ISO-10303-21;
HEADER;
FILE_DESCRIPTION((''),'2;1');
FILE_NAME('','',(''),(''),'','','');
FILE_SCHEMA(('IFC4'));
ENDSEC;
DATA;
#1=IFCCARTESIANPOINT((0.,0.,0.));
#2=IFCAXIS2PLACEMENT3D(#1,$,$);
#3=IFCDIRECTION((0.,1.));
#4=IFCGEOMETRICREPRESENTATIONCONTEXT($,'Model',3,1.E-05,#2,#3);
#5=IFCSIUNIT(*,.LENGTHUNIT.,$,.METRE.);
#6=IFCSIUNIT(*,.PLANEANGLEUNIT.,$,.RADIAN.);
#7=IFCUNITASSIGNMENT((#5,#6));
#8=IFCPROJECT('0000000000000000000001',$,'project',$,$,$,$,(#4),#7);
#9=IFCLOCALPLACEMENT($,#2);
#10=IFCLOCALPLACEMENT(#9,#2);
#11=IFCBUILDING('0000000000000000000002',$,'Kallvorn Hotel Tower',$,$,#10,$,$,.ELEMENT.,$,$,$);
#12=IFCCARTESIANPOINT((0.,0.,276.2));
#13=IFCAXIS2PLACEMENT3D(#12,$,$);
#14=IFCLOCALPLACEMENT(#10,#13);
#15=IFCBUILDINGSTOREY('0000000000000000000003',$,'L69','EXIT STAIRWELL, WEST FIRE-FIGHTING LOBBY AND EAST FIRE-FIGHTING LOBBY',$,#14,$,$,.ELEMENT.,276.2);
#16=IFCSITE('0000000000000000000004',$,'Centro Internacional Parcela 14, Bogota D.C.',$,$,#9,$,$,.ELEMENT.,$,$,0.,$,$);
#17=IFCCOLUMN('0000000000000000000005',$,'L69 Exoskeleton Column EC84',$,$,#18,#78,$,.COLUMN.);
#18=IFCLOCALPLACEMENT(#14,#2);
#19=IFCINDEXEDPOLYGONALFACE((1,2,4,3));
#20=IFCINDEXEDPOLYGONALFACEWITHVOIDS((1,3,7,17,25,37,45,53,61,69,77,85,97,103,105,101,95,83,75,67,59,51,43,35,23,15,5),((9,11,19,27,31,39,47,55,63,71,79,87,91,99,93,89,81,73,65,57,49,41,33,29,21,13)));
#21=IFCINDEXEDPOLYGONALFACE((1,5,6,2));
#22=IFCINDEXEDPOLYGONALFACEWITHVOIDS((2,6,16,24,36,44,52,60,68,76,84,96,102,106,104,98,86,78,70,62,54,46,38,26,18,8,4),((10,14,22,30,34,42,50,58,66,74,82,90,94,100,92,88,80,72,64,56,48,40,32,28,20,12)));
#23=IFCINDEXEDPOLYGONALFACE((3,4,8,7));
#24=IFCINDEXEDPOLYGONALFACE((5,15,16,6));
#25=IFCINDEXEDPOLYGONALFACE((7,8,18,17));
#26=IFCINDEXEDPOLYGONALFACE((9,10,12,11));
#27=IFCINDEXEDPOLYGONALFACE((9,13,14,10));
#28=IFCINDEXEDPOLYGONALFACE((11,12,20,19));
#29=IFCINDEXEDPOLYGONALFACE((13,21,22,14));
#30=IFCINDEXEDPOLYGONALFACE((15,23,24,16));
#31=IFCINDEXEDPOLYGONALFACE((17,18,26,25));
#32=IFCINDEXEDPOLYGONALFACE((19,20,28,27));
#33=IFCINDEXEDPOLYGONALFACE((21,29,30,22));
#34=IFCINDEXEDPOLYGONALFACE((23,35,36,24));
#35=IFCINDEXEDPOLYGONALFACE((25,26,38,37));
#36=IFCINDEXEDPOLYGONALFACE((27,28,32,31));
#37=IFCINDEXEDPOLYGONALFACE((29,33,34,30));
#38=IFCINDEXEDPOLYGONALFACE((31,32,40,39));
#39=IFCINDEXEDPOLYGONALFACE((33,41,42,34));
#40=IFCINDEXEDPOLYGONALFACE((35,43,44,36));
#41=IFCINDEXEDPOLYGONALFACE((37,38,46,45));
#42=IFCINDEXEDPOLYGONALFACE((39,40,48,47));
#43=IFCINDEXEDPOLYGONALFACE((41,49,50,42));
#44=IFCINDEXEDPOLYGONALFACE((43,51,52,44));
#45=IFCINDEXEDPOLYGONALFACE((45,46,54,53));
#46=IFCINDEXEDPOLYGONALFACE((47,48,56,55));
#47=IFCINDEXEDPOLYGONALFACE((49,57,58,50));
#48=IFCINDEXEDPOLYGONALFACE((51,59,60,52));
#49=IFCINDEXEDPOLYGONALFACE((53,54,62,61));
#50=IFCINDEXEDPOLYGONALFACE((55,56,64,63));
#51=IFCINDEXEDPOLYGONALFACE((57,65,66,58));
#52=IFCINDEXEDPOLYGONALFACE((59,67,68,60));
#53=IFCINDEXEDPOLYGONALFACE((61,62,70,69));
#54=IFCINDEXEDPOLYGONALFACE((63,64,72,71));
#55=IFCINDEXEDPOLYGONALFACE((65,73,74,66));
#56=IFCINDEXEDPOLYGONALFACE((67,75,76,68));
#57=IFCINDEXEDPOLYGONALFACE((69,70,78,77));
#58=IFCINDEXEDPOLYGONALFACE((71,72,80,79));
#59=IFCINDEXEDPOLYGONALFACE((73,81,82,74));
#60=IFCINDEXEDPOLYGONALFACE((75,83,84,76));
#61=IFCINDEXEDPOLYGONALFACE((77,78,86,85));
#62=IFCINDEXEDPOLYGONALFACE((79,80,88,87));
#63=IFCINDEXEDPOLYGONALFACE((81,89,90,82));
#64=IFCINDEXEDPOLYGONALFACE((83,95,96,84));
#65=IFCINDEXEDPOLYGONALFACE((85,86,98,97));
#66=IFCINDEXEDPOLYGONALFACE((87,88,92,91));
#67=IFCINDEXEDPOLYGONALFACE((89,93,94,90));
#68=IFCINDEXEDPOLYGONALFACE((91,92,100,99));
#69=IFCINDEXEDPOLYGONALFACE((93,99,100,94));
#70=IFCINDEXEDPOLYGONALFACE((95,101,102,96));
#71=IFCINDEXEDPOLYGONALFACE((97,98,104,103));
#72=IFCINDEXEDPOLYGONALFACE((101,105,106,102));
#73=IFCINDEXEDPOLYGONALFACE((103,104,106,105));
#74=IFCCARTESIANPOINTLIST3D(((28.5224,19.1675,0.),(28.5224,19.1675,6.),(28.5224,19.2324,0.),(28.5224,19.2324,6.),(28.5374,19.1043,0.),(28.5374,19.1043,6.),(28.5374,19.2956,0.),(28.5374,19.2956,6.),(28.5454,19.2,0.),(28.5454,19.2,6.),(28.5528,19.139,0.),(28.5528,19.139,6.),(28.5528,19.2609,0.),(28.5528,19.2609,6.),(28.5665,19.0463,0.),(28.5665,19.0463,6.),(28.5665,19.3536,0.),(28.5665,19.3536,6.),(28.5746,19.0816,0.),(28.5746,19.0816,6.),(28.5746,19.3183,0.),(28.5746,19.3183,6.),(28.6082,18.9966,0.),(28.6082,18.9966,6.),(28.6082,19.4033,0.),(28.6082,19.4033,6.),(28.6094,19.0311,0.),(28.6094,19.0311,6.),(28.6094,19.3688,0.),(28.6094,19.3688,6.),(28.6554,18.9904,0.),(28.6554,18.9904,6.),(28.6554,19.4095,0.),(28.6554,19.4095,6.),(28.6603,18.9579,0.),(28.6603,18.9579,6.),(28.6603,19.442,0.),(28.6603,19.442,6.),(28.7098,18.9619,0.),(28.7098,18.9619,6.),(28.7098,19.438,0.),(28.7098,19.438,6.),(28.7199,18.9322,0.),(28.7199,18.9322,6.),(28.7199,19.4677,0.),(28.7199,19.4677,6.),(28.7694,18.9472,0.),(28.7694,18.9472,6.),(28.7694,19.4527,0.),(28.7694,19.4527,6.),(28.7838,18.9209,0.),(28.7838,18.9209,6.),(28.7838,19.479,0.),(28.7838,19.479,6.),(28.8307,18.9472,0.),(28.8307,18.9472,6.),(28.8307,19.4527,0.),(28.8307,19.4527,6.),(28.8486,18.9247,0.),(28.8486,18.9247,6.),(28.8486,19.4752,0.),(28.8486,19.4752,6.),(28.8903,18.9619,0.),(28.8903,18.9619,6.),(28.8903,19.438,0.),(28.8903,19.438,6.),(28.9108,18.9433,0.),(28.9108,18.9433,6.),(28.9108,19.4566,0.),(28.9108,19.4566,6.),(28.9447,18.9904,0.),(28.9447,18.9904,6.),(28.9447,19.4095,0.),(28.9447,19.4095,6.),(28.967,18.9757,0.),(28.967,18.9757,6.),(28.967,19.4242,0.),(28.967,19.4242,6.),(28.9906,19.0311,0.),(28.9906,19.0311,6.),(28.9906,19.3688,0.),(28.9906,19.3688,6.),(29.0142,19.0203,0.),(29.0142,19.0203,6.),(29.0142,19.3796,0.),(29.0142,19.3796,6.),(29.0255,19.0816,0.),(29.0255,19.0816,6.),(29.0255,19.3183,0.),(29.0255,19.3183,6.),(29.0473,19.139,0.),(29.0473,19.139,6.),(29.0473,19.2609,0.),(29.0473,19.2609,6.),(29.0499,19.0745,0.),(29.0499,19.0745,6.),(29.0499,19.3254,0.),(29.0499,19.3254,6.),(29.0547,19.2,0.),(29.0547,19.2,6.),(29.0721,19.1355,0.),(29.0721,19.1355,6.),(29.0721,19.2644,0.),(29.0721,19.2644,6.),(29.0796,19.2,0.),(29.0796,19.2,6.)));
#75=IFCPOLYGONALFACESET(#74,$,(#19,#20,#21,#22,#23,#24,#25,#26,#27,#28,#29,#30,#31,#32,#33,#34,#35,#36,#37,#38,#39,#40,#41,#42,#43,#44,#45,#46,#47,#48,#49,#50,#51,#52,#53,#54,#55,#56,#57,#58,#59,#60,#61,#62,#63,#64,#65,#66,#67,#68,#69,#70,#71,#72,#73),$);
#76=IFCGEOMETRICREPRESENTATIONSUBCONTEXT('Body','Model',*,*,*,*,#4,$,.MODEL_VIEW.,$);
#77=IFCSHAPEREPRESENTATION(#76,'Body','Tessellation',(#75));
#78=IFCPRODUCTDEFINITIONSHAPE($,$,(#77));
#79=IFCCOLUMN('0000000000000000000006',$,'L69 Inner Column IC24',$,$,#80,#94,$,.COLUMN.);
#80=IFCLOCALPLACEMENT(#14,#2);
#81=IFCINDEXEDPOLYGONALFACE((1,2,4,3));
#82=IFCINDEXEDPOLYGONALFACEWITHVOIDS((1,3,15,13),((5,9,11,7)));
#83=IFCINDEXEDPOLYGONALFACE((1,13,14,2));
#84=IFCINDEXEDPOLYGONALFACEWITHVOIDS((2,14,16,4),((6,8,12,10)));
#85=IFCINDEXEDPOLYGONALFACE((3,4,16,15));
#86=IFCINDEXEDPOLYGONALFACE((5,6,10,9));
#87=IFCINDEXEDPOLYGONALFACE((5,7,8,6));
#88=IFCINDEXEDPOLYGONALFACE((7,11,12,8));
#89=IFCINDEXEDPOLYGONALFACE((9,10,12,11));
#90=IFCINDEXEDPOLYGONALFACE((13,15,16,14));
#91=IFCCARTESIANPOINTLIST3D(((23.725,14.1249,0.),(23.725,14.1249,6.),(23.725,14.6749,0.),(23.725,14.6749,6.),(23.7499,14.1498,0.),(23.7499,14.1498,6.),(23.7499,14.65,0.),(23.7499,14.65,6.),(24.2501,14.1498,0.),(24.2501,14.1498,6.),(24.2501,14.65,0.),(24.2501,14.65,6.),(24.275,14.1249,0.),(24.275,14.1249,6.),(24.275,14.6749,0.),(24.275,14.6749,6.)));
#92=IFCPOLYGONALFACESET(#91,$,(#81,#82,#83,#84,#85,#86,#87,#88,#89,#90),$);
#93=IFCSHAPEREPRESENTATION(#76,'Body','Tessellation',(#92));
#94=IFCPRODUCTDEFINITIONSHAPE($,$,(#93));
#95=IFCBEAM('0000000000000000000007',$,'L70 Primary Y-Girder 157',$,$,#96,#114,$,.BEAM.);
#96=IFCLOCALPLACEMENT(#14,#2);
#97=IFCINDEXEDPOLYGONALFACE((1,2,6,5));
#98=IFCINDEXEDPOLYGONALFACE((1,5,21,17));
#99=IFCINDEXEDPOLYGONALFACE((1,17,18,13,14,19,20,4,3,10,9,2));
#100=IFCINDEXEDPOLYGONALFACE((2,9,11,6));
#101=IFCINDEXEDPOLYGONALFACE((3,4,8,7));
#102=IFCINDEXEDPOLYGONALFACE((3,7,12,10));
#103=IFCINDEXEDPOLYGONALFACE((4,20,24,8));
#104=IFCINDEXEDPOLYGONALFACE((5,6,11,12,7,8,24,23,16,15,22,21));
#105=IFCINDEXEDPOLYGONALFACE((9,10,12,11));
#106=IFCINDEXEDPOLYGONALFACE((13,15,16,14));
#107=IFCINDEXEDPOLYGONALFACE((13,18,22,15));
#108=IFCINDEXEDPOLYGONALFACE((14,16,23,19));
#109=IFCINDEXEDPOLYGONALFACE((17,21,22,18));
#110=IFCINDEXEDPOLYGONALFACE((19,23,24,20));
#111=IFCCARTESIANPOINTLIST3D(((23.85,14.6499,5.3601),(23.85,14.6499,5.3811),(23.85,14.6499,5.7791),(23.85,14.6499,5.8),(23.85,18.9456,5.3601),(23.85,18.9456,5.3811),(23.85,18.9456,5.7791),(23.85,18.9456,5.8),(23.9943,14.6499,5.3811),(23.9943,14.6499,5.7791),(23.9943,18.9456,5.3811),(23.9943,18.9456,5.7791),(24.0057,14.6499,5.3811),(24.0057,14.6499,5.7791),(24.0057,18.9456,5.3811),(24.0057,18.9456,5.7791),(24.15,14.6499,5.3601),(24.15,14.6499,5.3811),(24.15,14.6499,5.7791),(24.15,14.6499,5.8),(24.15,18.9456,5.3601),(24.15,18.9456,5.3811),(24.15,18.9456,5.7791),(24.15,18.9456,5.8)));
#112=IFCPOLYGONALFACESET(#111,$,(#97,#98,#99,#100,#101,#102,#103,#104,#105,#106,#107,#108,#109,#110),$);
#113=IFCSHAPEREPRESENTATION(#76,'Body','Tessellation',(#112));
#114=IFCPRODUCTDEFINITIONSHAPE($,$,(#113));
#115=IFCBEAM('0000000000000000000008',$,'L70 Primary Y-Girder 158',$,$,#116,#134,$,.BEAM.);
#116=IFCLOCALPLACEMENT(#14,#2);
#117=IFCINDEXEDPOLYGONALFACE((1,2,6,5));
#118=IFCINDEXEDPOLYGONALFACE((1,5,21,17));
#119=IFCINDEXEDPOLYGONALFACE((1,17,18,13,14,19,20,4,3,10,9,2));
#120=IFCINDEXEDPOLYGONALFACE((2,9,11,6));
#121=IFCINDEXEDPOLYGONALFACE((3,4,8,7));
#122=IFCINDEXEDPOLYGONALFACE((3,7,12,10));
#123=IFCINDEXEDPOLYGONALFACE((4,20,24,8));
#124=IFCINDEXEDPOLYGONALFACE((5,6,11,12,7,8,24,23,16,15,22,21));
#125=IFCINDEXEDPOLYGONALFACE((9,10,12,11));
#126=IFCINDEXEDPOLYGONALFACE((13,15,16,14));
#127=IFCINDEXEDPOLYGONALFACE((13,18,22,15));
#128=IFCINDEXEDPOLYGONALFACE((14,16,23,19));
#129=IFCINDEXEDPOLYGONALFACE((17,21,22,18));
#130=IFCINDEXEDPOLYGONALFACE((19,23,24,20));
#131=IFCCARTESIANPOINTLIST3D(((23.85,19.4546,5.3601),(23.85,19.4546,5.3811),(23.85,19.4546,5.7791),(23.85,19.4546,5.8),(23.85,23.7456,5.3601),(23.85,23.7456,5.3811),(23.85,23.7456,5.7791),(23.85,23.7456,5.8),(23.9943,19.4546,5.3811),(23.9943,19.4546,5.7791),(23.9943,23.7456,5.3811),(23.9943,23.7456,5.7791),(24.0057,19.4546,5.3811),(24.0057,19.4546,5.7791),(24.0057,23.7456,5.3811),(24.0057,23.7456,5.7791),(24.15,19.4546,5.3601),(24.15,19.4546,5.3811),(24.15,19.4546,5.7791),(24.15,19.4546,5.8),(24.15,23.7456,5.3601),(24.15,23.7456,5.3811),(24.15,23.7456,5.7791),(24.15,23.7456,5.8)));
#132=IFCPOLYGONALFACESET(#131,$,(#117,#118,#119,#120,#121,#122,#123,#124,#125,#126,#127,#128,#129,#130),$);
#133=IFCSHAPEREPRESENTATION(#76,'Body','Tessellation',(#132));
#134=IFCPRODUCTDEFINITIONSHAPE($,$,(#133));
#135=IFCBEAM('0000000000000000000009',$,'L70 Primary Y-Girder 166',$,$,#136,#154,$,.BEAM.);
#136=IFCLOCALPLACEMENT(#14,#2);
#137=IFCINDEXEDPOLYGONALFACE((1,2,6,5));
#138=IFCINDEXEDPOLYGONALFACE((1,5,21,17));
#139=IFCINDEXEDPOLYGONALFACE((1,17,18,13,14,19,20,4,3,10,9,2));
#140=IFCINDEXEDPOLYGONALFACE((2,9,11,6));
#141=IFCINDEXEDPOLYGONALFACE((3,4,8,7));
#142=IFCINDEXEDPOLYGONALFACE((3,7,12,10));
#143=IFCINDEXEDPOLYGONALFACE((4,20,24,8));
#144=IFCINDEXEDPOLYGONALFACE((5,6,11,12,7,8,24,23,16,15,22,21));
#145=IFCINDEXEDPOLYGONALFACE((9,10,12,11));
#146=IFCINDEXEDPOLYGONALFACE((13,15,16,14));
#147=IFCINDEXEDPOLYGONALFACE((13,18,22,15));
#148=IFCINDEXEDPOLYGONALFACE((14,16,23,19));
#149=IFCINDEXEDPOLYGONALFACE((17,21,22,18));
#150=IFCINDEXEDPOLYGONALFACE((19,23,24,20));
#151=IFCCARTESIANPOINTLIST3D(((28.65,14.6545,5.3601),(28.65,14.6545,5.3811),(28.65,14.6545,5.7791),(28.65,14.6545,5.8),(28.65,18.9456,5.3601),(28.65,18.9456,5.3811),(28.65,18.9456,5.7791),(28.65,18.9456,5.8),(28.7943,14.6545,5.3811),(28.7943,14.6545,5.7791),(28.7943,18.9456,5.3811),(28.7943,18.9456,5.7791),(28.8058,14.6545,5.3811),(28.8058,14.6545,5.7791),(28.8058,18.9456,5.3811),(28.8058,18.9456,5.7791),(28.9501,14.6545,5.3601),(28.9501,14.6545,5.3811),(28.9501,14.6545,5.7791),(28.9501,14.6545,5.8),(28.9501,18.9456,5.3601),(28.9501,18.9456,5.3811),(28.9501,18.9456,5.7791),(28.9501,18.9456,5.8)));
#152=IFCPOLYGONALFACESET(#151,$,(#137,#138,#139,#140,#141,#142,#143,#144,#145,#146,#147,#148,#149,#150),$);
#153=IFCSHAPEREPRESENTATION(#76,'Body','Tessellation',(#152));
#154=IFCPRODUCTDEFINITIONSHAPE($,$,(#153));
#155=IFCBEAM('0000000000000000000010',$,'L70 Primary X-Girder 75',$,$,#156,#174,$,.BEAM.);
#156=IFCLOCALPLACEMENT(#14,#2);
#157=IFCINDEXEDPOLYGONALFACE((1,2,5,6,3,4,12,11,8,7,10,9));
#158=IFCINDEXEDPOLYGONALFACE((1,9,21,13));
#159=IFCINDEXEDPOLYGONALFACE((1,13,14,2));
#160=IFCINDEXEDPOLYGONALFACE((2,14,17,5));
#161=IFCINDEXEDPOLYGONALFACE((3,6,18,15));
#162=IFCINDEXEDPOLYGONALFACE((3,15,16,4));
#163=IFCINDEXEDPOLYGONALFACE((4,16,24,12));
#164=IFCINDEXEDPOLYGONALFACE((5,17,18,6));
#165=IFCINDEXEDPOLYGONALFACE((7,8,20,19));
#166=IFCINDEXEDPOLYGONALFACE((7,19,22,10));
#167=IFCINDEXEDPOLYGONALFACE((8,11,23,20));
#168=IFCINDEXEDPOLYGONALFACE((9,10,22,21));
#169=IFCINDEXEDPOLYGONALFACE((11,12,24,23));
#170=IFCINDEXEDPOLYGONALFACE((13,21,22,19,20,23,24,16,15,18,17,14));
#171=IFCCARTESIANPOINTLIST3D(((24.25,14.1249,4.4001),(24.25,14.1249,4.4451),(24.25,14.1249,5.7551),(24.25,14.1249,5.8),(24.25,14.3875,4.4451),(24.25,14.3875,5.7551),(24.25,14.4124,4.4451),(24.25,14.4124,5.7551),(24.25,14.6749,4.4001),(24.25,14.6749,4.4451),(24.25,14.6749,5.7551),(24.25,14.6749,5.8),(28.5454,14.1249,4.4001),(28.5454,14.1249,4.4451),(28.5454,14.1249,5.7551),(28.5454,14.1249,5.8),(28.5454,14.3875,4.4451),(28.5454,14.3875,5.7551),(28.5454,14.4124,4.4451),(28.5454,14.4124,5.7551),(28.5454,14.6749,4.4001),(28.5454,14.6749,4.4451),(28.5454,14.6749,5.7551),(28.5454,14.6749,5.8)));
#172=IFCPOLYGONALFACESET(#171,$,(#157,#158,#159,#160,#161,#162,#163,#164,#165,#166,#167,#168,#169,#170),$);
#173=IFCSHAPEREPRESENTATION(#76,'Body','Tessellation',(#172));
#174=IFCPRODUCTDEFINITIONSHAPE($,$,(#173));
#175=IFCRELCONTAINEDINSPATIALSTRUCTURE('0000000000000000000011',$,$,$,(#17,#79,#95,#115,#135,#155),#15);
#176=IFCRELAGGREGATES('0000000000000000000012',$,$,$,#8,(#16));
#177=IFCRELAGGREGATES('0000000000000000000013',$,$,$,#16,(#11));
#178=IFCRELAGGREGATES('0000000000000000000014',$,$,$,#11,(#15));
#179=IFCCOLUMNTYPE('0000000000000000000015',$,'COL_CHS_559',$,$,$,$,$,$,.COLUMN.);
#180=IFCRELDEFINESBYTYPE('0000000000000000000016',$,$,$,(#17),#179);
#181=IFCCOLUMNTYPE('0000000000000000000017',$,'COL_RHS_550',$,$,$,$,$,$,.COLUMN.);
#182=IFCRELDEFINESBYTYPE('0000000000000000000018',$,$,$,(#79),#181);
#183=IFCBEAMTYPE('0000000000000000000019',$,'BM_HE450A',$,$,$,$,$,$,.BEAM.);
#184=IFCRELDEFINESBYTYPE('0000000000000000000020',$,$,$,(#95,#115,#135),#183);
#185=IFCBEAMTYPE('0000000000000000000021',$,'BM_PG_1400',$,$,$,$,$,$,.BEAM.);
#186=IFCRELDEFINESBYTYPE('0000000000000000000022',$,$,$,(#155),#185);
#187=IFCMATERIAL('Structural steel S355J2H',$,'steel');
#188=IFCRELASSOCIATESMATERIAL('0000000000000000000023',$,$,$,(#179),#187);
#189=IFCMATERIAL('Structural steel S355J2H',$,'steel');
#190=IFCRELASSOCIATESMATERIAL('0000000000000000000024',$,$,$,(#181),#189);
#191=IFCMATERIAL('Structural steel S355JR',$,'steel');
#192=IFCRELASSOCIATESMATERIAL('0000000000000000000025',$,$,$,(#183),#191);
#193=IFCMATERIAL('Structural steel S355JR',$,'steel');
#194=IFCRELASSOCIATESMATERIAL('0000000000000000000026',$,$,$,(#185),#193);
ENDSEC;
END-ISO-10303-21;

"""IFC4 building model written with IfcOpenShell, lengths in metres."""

from ifc_helpers import new_model, si_unit, direction, frame, origin, origin_2d, place, context, subcontext, project, spatial, hollow_rectangle, hollow_circle, i_section, extrude, material, material_profile, profile_set, type_object, element, save


model = new_model("IFC4")

# Units and contexts
model_context = context("Model", 3, precision=1e-05, world=origin(), true_north=direction((0.0, 1.0)))
body_context = subcontext(model_context, "Body", "Model", "MODEL_VIEW")
ifc_project = project(units=[si_unit("LENGTHUNIT", "METRE"), si_unit("PLANEANGLEUNIT", "RADIAN")], contexts=[model_context])

# Site, building, storey
site_placement = place(None, origin())
site = spatial("IfcSite", under=ifc_project, at=site_placement, Name="Centro Internacional Parcela 14, Bogota D.C.", CompositionType="ELEMENT", RefElevation=0.0)
building_placement = place(site_placement, origin())
building = spatial("IfcBuilding", under=site, at=building_placement, Name="Kallvorn Hotel Tower", CompositionType="ELEMENT")
storey_placement = place(building_placement, frame((0.0, 0.0, 276.2)))
storey = spatial("IfcBuildingStorey", under=building, at=storey_placement, Name="L69", Description="EXIT STAIRWELL, WEST FIRE-FIGHTING LOBBY AND EAST FIRE-FIGHTING LOBBY", CompositionType="ELEMENT", Elevation=276.2)

# Columns
ifc_material_1 = material(Name="Structural steel S355J2H", Category="steel")
ifc_material_profile_1 = material_profile(ifc_material_1, hollow_circle(Radius=0.2795, WallThickness=0.0249, at=origin_2d()), Name="CHS 559x25")
ifc_profile_set_1 = profile_set([ifc_material_profile_1], Name="Structural steel S355J2H")
column_type_1 = type_object("IfcColumnType", Name="COL_CHS_559", PredefinedType="COLUMN", material=ifc_profile_set_1)
for number, where, z_axis, x_axis, name in (
    (1, (28.8, 19.2, 0.0), (0.0, 0.0, 1.0), (1.0, 0.0, 0.0), "L69 Exoskeleton Column EC84"),
):
    element("IfcColumn", number, at=place(storey_placement, frame(where, z_axis=z_axis, x_axis=x_axis)), inside=storey, type_object=column_type_1, Name=name, PredefinedType="COLUMN", context=body_context, shape_type="SweptSolid", body=[
        extrude(hollow_circle(Radius=0.2795, WallThickness=0.0249, at=origin_2d()), origin(), (0.0, 0.0, 1.0), 6.0),
    ])
ifc_material_2 = material(Name="Structural steel S355J2H", Category="steel")
ifc_material_profile_2 = material_profile(ifc_material_2, hollow_rectangle(XDim=0.55, YDim=0.55, WallThickness=0.0249, at=origin_2d()), Name="RHS 550x550x25")
ifc_profile_set_2 = profile_set([ifc_material_profile_2], Name="Structural steel S355J2H")
column_type_2 = type_object("IfcColumnType", Name="COL_RHS_550", PredefinedType="COLUMN", material=ifc_profile_set_2)
column_placement = place(storey_placement, frame((24.0, 14.3999, 0.0), z_axis=(0.0, 0.0, 1.0), x_axis=(1.0, 0.0, 0.0)))
element("IfcColumn", 2, at=column_placement, inside=storey, type_object=column_type_2, Name="L69 Inner Column IC24", PredefinedType="COLUMN", context=body_context, shape_type="SweptSolid", body=[
    extrude(hollow_rectangle(XDim=0.55, YDim=0.55, WallThickness=0.0249, at=origin_2d()), origin(), (0.0, 0.0, 1.0), 6.0),
])

# Beams
ifc_material_3 = material(Name="Structural steel S355JR", Category="steel")
ifc_material_profile_3 = material_profile(ifc_material_3, i_section(OverallWidth=0.3, OverallDepth=0.4399, WebThickness=0.0115, FlangeThickness=0.021, at=origin_2d()), Name="HE 450 A")
ifc_profile_set_3 = profile_set([ifc_material_profile_3], Name="Structural steel S355JR")
beam_type_1 = type_object("IfcBeamType", Name="BM_HE450A", PredefinedType="BEAM", material=ifc_profile_set_3)
beam_1_placement = place(storey_placement, frame((24.0, 14.6499, 5.5801), z_axis=(0.0, 1.0, 0.0), x_axis=(-1.0, 0.0, 0.0)))
element("IfcBeam", 3, at=beam_1_placement, inside=storey, type_object=beam_type_1, Name="L70 Primary Y-Girder 157", PredefinedType="BEAM", context=body_context, shape_type="SweptSolid", body=[
    extrude(i_section(OverallWidth=0.3, OverallDepth=0.4399, WebThickness=0.0115, FlangeThickness=0.021, at=origin_2d()), origin(), (0.0, 0.0, 1.0), 4.2957),
])
for number, where, z_axis, x_axis, name in (
    (4, (24.0, 19.4546, 5.5801), (0.0, 1.0, 0.0), (-1.0, 0.0, 0.0), "L70 Primary Y-Girder 158"),
    (5, (28.8, 14.6545, 5.5801), (0.0, 1.0, 0.0), (-1.0, 0.0, 0.0), "L70 Primary Y-Girder 166"),
):
    element("IfcBeam", number, at=place(storey_placement, frame(where, z_axis=z_axis, x_axis=x_axis)), inside=storey, type_object=beam_type_1, Name=name, PredefinedType="BEAM", context=body_context, shape_type="SweptSolid", body=[
        extrude(i_section(OverallWidth=0.3, OverallDepth=0.4399, WebThickness=0.0115, FlangeThickness=0.021, at=origin_2d()), origin(), (0.0, 0.0, 1.0), 4.291),
    ])
ifc_material_4 = material(Name="Structural steel S355JR", Category="steel")
ifc_material_profile_4 = material_profile(ifc_material_4, i_section(OverallWidth=0.55, OverallDepth=1.3999, WebThickness=0.0249, FlangeThickness=0.0449, at=origin_2d()), Name="PG 1400x550x25x45")
ifc_profile_set_4 = profile_set([ifc_material_profile_4], Name="Structural steel S355JR")
beam_type_2 = type_object("IfcBeamType", Name="BM_PG_1400", PredefinedType="BEAM", material=ifc_profile_set_4)
beam_2_placement = place(storey_placement, frame((24.25, 14.3999, 5.1001), z_axis=(1.0, 0.0, 0.0), x_axis=(0.0, 1.0, 0.0)))
element("IfcBeam", 6, at=beam_2_placement, inside=storey, type_object=beam_type_2, Name="L70 Primary X-Girder 75", PredefinedType="BEAM", context=body_context, shape_type="SweptSolid", body=[
    extrude(i_section(OverallWidth=0.55, OverallDepth=1.3999, WebThickness=0.0249, FlangeThickness=0.0449, at=origin_2d()), origin(), (0.0, 0.0, 1.0), 4.2954),
])

save(model, "model.ifc")
